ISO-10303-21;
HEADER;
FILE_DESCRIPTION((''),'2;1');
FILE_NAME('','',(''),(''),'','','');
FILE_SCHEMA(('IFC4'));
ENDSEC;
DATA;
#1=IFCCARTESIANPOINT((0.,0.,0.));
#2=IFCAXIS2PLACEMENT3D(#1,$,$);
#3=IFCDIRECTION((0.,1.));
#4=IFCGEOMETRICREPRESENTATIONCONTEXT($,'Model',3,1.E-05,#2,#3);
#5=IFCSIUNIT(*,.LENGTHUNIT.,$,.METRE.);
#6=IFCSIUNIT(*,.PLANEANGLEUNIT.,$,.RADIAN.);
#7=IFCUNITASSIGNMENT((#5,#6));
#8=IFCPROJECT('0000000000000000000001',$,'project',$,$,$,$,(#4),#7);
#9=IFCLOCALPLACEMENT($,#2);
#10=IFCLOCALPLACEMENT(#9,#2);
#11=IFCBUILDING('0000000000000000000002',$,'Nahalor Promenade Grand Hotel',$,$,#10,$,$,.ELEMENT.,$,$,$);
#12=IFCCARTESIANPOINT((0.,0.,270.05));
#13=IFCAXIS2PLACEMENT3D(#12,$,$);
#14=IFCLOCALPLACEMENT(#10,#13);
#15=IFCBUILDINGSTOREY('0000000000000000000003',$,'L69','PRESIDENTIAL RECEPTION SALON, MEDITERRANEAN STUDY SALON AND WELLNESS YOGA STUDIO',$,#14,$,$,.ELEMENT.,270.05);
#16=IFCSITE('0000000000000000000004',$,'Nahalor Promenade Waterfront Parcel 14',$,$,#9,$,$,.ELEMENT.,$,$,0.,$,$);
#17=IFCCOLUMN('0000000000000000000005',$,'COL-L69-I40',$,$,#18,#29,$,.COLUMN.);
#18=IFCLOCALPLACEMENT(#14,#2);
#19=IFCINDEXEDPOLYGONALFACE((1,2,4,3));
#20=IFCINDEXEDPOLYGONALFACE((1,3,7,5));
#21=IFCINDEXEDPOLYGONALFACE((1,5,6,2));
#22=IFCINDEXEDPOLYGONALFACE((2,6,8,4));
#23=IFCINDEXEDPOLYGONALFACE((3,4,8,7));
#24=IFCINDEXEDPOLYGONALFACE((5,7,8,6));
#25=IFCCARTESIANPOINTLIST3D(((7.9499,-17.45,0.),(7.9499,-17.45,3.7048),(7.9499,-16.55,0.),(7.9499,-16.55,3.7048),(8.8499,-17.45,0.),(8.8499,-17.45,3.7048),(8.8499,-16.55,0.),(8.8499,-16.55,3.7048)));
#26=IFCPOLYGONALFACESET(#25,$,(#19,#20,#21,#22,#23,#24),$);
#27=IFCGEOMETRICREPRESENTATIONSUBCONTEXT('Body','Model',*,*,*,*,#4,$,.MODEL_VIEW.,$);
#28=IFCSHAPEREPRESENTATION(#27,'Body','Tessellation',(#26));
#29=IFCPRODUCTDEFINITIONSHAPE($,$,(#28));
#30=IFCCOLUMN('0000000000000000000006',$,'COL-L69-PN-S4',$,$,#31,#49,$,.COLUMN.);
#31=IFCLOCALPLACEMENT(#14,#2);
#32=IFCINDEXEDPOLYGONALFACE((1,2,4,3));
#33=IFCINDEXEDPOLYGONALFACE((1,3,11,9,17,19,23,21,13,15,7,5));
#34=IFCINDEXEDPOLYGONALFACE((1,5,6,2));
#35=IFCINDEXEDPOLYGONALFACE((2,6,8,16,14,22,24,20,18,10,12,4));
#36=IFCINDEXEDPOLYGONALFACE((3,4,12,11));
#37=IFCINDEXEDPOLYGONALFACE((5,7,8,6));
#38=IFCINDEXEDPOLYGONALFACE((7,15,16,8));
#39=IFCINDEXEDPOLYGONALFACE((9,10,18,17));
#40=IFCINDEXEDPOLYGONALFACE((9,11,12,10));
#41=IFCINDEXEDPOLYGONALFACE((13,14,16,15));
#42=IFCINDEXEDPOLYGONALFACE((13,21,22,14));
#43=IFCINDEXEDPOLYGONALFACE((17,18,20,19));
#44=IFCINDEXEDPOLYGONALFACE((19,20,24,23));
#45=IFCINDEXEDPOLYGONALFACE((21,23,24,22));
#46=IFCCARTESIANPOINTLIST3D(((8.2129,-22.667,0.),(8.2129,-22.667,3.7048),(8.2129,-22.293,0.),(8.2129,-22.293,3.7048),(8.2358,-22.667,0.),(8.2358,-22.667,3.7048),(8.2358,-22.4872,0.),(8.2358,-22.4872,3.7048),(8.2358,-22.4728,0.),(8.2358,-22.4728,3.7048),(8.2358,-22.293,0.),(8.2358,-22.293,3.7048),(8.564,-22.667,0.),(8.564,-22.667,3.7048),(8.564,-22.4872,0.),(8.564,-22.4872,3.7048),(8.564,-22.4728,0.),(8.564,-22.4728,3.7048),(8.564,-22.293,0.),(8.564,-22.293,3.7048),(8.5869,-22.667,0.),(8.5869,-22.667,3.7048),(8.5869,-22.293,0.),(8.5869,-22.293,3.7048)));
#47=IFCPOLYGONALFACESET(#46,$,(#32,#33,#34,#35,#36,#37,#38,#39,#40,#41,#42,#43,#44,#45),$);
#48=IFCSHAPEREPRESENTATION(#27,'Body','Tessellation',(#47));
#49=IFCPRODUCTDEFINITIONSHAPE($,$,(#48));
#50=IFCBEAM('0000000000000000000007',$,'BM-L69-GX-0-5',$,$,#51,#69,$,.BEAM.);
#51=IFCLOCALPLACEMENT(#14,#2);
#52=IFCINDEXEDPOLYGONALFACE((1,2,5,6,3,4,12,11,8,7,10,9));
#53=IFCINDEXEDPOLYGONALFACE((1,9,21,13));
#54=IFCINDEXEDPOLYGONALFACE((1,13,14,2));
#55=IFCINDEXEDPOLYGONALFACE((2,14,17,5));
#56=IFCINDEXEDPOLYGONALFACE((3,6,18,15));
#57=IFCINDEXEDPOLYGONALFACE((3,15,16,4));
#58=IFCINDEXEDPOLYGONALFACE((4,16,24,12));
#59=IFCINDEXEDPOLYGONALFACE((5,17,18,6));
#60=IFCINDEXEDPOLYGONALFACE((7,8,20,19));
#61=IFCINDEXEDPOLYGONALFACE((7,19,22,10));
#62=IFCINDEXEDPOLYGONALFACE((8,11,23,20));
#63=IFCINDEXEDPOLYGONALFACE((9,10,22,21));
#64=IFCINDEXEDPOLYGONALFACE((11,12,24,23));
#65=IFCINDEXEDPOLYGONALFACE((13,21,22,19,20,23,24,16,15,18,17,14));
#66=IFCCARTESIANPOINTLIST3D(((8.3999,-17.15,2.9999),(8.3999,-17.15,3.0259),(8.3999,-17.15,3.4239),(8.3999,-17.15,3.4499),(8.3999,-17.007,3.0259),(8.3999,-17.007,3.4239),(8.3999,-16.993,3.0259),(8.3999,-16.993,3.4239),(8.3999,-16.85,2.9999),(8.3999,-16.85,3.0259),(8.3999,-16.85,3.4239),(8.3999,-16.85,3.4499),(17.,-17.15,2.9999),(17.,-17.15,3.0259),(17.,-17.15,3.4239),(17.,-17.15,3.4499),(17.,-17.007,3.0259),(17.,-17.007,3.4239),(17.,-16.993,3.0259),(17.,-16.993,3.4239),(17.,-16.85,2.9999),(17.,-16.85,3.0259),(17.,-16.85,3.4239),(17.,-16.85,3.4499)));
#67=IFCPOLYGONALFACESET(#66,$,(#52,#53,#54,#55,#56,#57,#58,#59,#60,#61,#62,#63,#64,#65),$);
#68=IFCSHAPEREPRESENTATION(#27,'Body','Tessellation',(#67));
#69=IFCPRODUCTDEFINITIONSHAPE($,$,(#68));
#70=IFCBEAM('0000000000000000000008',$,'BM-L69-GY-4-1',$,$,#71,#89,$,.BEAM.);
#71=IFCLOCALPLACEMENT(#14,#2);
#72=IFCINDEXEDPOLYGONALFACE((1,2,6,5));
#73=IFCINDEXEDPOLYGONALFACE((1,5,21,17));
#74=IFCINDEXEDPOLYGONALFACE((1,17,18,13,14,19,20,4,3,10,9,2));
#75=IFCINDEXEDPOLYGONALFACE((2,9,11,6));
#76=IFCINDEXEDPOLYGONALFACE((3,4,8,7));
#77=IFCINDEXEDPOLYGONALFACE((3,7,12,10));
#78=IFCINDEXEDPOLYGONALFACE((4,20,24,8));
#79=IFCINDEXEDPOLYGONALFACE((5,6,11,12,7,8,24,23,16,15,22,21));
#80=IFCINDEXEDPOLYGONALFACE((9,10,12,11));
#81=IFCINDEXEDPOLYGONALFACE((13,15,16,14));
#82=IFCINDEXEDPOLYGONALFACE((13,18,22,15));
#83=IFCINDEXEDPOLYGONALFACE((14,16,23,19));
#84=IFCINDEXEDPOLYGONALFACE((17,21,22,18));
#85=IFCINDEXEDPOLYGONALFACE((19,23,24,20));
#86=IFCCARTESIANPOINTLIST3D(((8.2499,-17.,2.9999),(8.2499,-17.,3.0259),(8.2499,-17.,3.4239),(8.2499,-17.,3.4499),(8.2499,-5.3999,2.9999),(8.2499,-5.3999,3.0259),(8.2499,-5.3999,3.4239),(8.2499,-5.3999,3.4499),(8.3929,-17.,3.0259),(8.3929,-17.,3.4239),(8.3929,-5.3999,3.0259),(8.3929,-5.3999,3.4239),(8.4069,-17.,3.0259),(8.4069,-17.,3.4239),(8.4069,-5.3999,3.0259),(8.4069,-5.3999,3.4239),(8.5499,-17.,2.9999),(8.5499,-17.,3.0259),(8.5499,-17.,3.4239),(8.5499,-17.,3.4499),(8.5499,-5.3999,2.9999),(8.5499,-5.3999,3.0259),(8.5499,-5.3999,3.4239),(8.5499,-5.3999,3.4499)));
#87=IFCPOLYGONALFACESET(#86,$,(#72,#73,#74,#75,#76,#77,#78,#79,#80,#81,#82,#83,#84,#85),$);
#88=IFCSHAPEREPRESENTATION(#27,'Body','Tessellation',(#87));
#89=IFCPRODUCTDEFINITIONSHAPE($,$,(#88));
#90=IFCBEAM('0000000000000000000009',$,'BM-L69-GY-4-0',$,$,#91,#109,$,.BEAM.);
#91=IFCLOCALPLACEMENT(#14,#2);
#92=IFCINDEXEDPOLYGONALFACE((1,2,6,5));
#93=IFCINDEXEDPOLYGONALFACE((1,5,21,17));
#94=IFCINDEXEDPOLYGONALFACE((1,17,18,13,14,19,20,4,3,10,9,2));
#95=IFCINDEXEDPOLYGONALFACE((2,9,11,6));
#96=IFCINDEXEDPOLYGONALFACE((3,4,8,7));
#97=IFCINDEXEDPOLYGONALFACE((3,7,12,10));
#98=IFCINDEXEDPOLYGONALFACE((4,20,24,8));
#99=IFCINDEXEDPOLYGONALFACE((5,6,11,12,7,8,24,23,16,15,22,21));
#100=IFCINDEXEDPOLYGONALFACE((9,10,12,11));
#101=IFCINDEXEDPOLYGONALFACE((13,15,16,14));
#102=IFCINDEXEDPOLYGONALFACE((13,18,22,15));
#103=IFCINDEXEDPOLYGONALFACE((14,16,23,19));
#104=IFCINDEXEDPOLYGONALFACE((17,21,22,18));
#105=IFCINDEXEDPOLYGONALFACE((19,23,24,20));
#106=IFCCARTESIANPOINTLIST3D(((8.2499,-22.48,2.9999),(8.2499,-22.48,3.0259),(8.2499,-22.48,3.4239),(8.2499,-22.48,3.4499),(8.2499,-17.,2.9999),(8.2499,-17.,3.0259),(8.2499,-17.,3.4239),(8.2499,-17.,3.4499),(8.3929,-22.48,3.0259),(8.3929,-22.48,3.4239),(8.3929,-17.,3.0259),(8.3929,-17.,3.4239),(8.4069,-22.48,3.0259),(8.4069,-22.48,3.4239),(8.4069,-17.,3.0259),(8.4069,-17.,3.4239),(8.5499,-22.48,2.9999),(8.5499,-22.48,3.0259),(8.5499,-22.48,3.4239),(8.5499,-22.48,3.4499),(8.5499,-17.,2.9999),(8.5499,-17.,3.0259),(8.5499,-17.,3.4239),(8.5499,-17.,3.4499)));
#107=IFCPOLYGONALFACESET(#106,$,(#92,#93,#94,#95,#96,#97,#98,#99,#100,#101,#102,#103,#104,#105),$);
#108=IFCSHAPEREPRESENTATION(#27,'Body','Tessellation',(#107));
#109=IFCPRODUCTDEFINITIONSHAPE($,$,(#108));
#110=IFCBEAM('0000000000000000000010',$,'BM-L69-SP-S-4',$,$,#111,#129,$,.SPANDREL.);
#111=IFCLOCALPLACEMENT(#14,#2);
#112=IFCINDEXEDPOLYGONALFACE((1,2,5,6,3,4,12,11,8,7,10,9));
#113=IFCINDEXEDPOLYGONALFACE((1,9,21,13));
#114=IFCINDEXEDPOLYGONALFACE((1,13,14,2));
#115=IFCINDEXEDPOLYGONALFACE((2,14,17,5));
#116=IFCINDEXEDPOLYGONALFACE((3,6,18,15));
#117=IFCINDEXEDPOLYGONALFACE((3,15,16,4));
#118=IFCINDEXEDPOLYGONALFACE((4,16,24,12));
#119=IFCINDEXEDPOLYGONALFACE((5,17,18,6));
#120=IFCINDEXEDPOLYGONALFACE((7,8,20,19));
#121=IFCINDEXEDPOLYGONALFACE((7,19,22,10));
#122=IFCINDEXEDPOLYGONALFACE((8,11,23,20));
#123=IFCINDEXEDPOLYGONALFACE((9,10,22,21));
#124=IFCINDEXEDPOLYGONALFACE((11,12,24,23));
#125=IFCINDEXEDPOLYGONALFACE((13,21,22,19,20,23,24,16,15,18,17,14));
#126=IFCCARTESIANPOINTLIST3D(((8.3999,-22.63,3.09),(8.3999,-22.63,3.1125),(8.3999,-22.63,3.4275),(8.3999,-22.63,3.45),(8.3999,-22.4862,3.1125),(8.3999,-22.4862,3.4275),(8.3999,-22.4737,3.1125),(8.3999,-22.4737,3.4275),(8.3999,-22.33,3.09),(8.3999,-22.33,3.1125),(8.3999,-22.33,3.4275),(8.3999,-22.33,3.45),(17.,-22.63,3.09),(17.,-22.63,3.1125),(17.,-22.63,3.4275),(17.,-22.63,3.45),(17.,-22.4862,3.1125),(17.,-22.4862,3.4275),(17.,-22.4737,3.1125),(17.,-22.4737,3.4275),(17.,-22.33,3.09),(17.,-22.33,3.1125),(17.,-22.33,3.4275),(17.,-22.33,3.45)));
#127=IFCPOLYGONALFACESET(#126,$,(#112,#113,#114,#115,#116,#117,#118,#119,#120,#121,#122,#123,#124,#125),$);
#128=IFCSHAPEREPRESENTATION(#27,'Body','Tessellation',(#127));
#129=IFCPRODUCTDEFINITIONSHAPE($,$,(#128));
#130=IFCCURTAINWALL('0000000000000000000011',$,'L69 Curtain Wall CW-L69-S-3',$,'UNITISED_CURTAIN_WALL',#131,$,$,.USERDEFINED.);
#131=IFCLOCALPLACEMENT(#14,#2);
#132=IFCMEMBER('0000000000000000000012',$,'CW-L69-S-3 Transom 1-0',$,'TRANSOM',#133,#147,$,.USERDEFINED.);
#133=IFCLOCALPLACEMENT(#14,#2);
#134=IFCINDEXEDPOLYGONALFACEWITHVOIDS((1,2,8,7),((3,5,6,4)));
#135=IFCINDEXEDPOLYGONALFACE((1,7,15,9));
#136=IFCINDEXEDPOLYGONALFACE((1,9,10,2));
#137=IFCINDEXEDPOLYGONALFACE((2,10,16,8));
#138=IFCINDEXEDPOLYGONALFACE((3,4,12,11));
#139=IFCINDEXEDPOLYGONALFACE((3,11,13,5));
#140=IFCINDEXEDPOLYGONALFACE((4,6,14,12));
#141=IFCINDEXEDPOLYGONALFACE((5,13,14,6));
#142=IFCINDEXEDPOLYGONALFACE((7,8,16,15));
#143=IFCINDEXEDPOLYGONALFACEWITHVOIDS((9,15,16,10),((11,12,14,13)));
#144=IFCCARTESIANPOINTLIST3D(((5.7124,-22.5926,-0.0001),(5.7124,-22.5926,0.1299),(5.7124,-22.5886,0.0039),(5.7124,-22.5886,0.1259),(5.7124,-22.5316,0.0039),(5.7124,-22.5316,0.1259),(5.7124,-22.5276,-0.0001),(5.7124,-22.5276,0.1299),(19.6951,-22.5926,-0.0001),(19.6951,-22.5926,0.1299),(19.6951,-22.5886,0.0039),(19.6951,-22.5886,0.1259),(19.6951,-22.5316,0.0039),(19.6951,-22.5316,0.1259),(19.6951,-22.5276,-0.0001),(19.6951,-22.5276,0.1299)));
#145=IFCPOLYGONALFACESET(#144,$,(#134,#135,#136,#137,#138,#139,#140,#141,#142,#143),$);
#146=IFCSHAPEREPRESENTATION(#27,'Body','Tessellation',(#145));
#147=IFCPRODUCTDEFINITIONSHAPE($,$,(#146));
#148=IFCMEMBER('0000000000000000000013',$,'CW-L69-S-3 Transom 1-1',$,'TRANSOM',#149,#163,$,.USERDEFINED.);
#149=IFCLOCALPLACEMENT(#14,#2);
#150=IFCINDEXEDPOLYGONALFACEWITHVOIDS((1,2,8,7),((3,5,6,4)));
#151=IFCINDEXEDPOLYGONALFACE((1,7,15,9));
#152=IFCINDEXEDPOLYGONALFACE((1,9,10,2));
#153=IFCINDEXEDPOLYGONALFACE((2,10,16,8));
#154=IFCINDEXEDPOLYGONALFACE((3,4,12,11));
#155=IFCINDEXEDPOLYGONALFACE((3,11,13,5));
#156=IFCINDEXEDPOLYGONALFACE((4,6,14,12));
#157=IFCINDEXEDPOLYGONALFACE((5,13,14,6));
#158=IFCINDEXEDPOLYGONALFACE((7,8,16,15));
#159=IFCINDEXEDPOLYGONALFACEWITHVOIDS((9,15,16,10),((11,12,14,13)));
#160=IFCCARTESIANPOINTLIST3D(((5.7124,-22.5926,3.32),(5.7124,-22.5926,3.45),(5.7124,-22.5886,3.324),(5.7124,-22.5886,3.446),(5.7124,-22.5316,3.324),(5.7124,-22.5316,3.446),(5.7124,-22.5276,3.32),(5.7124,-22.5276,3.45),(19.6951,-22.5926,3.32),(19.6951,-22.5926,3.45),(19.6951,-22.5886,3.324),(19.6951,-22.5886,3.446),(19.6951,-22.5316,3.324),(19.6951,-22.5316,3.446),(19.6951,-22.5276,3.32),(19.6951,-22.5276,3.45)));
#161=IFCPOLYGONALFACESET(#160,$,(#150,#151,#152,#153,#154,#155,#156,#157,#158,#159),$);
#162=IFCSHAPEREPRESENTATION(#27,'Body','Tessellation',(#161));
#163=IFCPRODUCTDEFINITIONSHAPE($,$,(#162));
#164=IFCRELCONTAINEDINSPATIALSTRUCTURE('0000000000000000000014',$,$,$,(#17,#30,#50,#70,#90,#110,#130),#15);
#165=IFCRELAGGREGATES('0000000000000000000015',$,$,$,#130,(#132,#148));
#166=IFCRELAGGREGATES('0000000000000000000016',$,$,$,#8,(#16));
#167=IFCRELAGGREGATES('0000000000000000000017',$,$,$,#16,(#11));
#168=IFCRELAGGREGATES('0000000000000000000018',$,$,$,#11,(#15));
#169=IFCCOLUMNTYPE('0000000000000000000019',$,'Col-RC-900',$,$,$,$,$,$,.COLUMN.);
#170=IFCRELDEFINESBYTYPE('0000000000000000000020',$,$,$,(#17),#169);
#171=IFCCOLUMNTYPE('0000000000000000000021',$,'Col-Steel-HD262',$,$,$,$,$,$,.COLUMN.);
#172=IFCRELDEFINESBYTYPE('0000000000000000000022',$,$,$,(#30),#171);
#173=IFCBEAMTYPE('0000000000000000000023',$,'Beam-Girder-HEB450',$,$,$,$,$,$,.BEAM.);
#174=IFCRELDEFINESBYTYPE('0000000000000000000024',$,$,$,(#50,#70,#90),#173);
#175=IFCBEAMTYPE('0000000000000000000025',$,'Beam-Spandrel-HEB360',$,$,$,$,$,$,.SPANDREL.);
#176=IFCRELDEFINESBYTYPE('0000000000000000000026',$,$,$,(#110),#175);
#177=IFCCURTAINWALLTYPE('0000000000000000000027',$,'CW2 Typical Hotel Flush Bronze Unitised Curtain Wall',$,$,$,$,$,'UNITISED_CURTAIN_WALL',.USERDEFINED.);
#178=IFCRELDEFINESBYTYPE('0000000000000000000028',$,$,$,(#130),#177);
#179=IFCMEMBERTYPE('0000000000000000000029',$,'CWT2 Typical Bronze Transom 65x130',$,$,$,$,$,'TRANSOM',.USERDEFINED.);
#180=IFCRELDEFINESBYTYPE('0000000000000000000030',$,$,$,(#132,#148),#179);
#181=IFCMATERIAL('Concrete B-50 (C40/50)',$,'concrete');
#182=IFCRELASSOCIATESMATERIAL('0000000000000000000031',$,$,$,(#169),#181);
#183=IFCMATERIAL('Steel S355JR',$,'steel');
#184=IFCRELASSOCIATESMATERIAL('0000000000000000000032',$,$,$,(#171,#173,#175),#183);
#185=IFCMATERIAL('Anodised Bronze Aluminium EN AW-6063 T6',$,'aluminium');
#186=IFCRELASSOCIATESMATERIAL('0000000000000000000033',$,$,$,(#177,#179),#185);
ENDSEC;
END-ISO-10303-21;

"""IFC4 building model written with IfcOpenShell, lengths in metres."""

from ifc_helpers import new_model, si_unit, direction, frame, origin, origin_2d, place, context, subcontext, project, spatial, rectangle, hollow_rectangle, i_section, extrude, source, transform, mapped, material, material_profile, profile_set, type_object, element, aggregate, save


model = new_model("IFC4")

# Units and contexts
model_context = context("Model", 3, precision=1e-05, world=origin(), true_north=direction((0.0, 1.0)))
body_context = subcontext(model_context, "Body", "Model", "MODEL_VIEW")
ifc_project = project(units=[si_unit("LENGTHUNIT", "METRE"), si_unit("PLANEANGLEUNIT", "RADIAN")], contexts=[model_context])

# Site, building, storey
site_placement = place(None, origin())
site = spatial("IfcSite", under=ifc_project, at=site_placement, Name="Nahalor Promenade Waterfront Parcel 14", CompositionType="ELEMENT", RefElevation=0.0)
building_placement = place(site_placement, origin())
building = spatial("IfcBuilding", under=site, at=building_placement, Name="Nahalor Promenade Grand Hotel", CompositionType="ELEMENT")
storey_placement = place(building_placement, frame((0.0, 0.0, 270.05)))
storey = spatial("IfcBuildingStorey", under=building, at=storey_placement, Name="L69", Description="PRESIDENTIAL RECEPTION SALON, MEDITERRANEAN STUDY SALON AND WELLNESS YOGA STUDIO", CompositionType="ELEMENT", Elevation=270.05)

# Columns
ifc_material_1 = material(Name="Concrete B-50 (C40/50)", Category="concrete")
ifc_material_profile_1 = material_profile(ifc_material_1, rectangle(XDim=0.9, YDim=0.9, at=origin_2d()), Name="RC 900x900")
ifc_profile_set_1 = profile_set([ifc_material_profile_1], Name="Concrete B-50 (C40/50)")
column_type_1 = type_object("IfcColumnType", Name="Col-RC-900", PredefinedType="COLUMN", material=ifc_profile_set_1)
shared_shape_1 = source(origin(), body_context, "Body", "SweptSolid", [
    extrude(rectangle(XDim=0.9, YDim=0.9, at=origin_2d()), origin(), (0.0, 0.0, 1.0), 3.7048),
])
column_1_placement = place(storey_placement, frame((8.3999, -17.0, 0.0), z_axis=(0.0, 0.0, 1.0), x_axis=(1.0, 0.0, 0.0)))
element("IfcColumn", 1, at=column_1_placement, inside=storey, type_object=column_type_1, Name="COL-L69-I40", PredefinedType="COLUMN", context=body_context, shape_type="MappedRepresentation", body=[
    mapped(shared_shape_1, transform((0.0, 0.0, 0.0), scale=1.0)),
])
ifc_material_2 = material(Name="Steel S355JR", Category="steel")
ifc_material_profile_2 = material_profile(ifc_material_2, i_section(OverallWidth=0.374, OverallDepth=0.374, WebThickness=0.0144, FlangeThickness=0.0229, at=origin_2d()), Name="HD 360x262")
ifc_profile_set_2 = profile_set([ifc_material_profile_2], Name="Steel S355JR")
column_type_2 = type_object("IfcColumnType", Name="Col-Steel-HD262", PredefinedType="COLUMN", material=ifc_profile_set_2)
shared_shape_2 = source(origin(), body_context, "Body", "SweptSolid", [
    extrude(i_section(OverallWidth=0.374, OverallDepth=0.374, WebThickness=0.0144, FlangeThickness=0.0229, at=origin_2d()), origin(), (0.0, 0.0, 1.0), 3.7048),
])
column_2_placement = place(storey_placement, frame((8.3999, -22.48, 0.0), z_axis=(0.0, 0.0, 1.0), x_axis=(0.0, 1.0, 0.0)))
element("IfcColumn", 2, at=column_2_placement, inside=storey, type_object=column_type_2, Name="COL-L69-PN-S4", PredefinedType="COLUMN", context=body_context, shape_type="MappedRepresentation", body=[
    mapped(shared_shape_2, transform((0.0, 0.0, 0.0), scale=1.0)),
])

# Beams
ifc_material_profile_3 = material_profile(ifc_material_2, i_section(OverallWidth=0.3, OverallDepth=0.45, WebThickness=0.014, FlangeThickness=0.026, at=origin_2d()), Name="HEB 450")
ifc_profile_set_3 = profile_set([ifc_material_profile_3], Name="Steel S355JR")
beam_type_1 = type_object("IfcBeamType", Name="Beam-Girder-HEB450", PredefinedType="BEAM", material=ifc_profile_set_3)
shared_shape_3 = source(origin(), body_context, "Body", "SweptSolid", [
    extrude(i_section(OverallWidth=0.3, OverallDepth=0.45, WebThickness=0.014, FlangeThickness=0.026, at=origin_2d()), origin(), (0.0, 0.0, 1.0), 8.6001),
])
beam_1_placement = place(storey_placement, frame((8.3999, -17.0, 3.2249), z_axis=(1.0, 0.0, 0.0), x_axis=(0.0, 1.0, 0.0)))
element("IfcBeam", 3, at=beam_1_placement, inside=storey, type_object=beam_type_1, Name="BM-L69-GX-0-5", PredefinedType="BEAM", context=body_context, shape_type="MappedRepresentation", body=[
    mapped(shared_shape_3, transform((0.0, 0.0, 0.0), scale=1.0)),
])
shared_shape_4 = source(origin(), body_context, "Body", "SweptSolid", [
    extrude(i_section(OverallWidth=0.3, OverallDepth=0.45, WebThickness=0.014, FlangeThickness=0.026, at=origin_2d()), origin(), (0.0, 0.0, 1.0), 11.6001),
])
beam_2_placement = place(storey_placement, frame((8.3999, -17.0, 3.2249), z_axis=(0.0, 1.0, 0.0), x_axis=(-1.0, 0.0, 0.0)))
element("IfcBeam", 4, at=beam_2_placement, inside=storey, type_object=beam_type_1, Name="BM-L69-GY-4-1", PredefinedType="BEAM", context=body_context, shape_type="MappedRepresentation", body=[
    mapped(shared_shape_4, transform((0.0, 0.0, 0.0), scale=1.0)),
])
shared_shape_5 = source(origin(), body_context, "Body", "SweptSolid", [
    extrude(i_section(OverallWidth=0.3, OverallDepth=0.45, WebThickness=0.014, FlangeThickness=0.026, at=origin_2d()), origin(), (0.0, 0.0, 1.0), 5.48),
])
beam_3_placement = place(storey_placement, frame((8.3999, -22.48, 3.2249), z_axis=(0.0, 1.0, 0.0), x_axis=(-1.0, 0.0, 0.0)))
element("IfcBeam", 5, at=beam_3_placement, inside=storey, type_object=beam_type_1, Name="BM-L69-GY-4-0", PredefinedType="BEAM", context=body_context, shape_type="MappedRepresentation", body=[
    mapped(shared_shape_5, transform((0.0, 0.0, 0.0), scale=1.0)),
])
ifc_material_profile_4 = material_profile(ifc_material_2, i_section(OverallWidth=0.3, OverallDepth=0.36, WebThickness=0.0125, FlangeThickness=0.0225, at=origin_2d()), Name="HEB 360")
ifc_profile_set_4 = profile_set([ifc_material_profile_4], Name="Steel S355JR")
beam_type_2 = type_object("IfcBeamType", Name="Beam-Spandrel-HEB360", PredefinedType="SPANDREL", material=ifc_profile_set_4)
shared_shape_6 = source(origin(), body_context, "Body", "SweptSolid", [
    extrude(i_section(OverallWidth=0.3, OverallDepth=0.36, WebThickness=0.0125, FlangeThickness=0.0225, at=origin_2d()), origin(), (0.0, 0.0, 1.0), 8.6001),
])
beam_4_placement = place(storey_placement, frame((8.3999, -22.48, 3.27), z_axis=(1.0, 0.0, 0.0), x_axis=(0.0, 1.0, 0.0)))
element("IfcBeam", 6, at=beam_4_placement, inside=storey, type_object=beam_type_2, Name="BM-L69-SP-S-4", PredefinedType="SPANDREL", context=body_context, shape_type="MappedRepresentation", body=[
    mapped(shared_shape_6, transform((0.0, 0.0, 0.0), scale=1.0)),
])

# Curtain wall, members
ifc_material_3 = material(Name="Anodised Bronze Aluminium EN AW-6063 T6", Category="aluminium")
curtain_wall_type = type_object("IfcCurtainWallType", Name="CW2 Typical Hotel Flush Bronze Unitised Curtain Wall", ElementType="UNITISED_CURTAIN_WALL", PredefinedType="USERDEFINED", material=ifc_material_3)
curtain_wall_placement = place(storey_placement, origin())
curtain_wall = element("IfcCurtainWall", 7, at=curtain_wall_placement, inside=storey, type_object=curtain_wall_type, Name="L69 Curtain Wall CW-L69-S-3", ObjectType="UNITISED_CURTAIN_WALL", PredefinedType="USERDEFINED")
ifc_material_profile_5 = material_profile(ifc_material_3, hollow_rectangle(XDim=0.065, YDim=0.13, WallThickness=0.004, at=origin_2d()), Name="CWT 65x130x4")
ifc_profile_set_5 = profile_set([ifc_material_profile_5], Name="Anodised Bronze Aluminium EN AW-6063 T6")
member_type_1 = type_object("IfcMemberType", Name="CWT2 Typical Bronze Transom 65x130", ElementType="TRANSOM", PredefinedType="USERDEFINED", material=ifc_profile_set_5)
shared_shape_7 = source(origin(), body_context, "Body", "SweptSolid", [
    extrude(hollow_rectangle(XDim=0.065, YDim=0.13, WallThickness=0.004, at=origin_2d()), origin(), (0.0, 0.0, 1.0), 13.9827),
])
member_1_placement = place(storey_placement, frame((5.7124, -22.5601, 0.0649), z_axis=(1.0, 0.0, 0.0), x_axis=(0.0, 1.0, 0.0)))
member_1 = element("IfcMember", 8, at=member_1_placement, type_object=member_type_1, Name="CW-L69-S-3 Transom 1-0", ObjectType="TRANSOM", PredefinedType="USERDEFINED", context=body_context, shape_type="MappedRepresentation", body=[
    mapped(shared_shape_7, transform((0.0, 0.0, 0.0), scale=1.0)),
])
member_2_placement = place(storey_placement, frame((5.7124, -22.5601, 3.385), z_axis=(1.0, 0.0, 0.0), x_axis=(0.0, 1.0, 0.0)))
member_2 = element("IfcMember", 9, at=member_2_placement, type_object=member_type_1, Name="CW-L69-S-3 Transom 1-1", ObjectType="TRANSOM", PredefinedType="USERDEFINED", context=body_context, shape_type="MappedRepresentation", body=[
    mapped(shared_shape_7, transform((0.0, 0.0, 0.0), scale=1.0)),
])
aggregate(curtain_wall, [member_1, member_2])

save(model, "model.ifc")
